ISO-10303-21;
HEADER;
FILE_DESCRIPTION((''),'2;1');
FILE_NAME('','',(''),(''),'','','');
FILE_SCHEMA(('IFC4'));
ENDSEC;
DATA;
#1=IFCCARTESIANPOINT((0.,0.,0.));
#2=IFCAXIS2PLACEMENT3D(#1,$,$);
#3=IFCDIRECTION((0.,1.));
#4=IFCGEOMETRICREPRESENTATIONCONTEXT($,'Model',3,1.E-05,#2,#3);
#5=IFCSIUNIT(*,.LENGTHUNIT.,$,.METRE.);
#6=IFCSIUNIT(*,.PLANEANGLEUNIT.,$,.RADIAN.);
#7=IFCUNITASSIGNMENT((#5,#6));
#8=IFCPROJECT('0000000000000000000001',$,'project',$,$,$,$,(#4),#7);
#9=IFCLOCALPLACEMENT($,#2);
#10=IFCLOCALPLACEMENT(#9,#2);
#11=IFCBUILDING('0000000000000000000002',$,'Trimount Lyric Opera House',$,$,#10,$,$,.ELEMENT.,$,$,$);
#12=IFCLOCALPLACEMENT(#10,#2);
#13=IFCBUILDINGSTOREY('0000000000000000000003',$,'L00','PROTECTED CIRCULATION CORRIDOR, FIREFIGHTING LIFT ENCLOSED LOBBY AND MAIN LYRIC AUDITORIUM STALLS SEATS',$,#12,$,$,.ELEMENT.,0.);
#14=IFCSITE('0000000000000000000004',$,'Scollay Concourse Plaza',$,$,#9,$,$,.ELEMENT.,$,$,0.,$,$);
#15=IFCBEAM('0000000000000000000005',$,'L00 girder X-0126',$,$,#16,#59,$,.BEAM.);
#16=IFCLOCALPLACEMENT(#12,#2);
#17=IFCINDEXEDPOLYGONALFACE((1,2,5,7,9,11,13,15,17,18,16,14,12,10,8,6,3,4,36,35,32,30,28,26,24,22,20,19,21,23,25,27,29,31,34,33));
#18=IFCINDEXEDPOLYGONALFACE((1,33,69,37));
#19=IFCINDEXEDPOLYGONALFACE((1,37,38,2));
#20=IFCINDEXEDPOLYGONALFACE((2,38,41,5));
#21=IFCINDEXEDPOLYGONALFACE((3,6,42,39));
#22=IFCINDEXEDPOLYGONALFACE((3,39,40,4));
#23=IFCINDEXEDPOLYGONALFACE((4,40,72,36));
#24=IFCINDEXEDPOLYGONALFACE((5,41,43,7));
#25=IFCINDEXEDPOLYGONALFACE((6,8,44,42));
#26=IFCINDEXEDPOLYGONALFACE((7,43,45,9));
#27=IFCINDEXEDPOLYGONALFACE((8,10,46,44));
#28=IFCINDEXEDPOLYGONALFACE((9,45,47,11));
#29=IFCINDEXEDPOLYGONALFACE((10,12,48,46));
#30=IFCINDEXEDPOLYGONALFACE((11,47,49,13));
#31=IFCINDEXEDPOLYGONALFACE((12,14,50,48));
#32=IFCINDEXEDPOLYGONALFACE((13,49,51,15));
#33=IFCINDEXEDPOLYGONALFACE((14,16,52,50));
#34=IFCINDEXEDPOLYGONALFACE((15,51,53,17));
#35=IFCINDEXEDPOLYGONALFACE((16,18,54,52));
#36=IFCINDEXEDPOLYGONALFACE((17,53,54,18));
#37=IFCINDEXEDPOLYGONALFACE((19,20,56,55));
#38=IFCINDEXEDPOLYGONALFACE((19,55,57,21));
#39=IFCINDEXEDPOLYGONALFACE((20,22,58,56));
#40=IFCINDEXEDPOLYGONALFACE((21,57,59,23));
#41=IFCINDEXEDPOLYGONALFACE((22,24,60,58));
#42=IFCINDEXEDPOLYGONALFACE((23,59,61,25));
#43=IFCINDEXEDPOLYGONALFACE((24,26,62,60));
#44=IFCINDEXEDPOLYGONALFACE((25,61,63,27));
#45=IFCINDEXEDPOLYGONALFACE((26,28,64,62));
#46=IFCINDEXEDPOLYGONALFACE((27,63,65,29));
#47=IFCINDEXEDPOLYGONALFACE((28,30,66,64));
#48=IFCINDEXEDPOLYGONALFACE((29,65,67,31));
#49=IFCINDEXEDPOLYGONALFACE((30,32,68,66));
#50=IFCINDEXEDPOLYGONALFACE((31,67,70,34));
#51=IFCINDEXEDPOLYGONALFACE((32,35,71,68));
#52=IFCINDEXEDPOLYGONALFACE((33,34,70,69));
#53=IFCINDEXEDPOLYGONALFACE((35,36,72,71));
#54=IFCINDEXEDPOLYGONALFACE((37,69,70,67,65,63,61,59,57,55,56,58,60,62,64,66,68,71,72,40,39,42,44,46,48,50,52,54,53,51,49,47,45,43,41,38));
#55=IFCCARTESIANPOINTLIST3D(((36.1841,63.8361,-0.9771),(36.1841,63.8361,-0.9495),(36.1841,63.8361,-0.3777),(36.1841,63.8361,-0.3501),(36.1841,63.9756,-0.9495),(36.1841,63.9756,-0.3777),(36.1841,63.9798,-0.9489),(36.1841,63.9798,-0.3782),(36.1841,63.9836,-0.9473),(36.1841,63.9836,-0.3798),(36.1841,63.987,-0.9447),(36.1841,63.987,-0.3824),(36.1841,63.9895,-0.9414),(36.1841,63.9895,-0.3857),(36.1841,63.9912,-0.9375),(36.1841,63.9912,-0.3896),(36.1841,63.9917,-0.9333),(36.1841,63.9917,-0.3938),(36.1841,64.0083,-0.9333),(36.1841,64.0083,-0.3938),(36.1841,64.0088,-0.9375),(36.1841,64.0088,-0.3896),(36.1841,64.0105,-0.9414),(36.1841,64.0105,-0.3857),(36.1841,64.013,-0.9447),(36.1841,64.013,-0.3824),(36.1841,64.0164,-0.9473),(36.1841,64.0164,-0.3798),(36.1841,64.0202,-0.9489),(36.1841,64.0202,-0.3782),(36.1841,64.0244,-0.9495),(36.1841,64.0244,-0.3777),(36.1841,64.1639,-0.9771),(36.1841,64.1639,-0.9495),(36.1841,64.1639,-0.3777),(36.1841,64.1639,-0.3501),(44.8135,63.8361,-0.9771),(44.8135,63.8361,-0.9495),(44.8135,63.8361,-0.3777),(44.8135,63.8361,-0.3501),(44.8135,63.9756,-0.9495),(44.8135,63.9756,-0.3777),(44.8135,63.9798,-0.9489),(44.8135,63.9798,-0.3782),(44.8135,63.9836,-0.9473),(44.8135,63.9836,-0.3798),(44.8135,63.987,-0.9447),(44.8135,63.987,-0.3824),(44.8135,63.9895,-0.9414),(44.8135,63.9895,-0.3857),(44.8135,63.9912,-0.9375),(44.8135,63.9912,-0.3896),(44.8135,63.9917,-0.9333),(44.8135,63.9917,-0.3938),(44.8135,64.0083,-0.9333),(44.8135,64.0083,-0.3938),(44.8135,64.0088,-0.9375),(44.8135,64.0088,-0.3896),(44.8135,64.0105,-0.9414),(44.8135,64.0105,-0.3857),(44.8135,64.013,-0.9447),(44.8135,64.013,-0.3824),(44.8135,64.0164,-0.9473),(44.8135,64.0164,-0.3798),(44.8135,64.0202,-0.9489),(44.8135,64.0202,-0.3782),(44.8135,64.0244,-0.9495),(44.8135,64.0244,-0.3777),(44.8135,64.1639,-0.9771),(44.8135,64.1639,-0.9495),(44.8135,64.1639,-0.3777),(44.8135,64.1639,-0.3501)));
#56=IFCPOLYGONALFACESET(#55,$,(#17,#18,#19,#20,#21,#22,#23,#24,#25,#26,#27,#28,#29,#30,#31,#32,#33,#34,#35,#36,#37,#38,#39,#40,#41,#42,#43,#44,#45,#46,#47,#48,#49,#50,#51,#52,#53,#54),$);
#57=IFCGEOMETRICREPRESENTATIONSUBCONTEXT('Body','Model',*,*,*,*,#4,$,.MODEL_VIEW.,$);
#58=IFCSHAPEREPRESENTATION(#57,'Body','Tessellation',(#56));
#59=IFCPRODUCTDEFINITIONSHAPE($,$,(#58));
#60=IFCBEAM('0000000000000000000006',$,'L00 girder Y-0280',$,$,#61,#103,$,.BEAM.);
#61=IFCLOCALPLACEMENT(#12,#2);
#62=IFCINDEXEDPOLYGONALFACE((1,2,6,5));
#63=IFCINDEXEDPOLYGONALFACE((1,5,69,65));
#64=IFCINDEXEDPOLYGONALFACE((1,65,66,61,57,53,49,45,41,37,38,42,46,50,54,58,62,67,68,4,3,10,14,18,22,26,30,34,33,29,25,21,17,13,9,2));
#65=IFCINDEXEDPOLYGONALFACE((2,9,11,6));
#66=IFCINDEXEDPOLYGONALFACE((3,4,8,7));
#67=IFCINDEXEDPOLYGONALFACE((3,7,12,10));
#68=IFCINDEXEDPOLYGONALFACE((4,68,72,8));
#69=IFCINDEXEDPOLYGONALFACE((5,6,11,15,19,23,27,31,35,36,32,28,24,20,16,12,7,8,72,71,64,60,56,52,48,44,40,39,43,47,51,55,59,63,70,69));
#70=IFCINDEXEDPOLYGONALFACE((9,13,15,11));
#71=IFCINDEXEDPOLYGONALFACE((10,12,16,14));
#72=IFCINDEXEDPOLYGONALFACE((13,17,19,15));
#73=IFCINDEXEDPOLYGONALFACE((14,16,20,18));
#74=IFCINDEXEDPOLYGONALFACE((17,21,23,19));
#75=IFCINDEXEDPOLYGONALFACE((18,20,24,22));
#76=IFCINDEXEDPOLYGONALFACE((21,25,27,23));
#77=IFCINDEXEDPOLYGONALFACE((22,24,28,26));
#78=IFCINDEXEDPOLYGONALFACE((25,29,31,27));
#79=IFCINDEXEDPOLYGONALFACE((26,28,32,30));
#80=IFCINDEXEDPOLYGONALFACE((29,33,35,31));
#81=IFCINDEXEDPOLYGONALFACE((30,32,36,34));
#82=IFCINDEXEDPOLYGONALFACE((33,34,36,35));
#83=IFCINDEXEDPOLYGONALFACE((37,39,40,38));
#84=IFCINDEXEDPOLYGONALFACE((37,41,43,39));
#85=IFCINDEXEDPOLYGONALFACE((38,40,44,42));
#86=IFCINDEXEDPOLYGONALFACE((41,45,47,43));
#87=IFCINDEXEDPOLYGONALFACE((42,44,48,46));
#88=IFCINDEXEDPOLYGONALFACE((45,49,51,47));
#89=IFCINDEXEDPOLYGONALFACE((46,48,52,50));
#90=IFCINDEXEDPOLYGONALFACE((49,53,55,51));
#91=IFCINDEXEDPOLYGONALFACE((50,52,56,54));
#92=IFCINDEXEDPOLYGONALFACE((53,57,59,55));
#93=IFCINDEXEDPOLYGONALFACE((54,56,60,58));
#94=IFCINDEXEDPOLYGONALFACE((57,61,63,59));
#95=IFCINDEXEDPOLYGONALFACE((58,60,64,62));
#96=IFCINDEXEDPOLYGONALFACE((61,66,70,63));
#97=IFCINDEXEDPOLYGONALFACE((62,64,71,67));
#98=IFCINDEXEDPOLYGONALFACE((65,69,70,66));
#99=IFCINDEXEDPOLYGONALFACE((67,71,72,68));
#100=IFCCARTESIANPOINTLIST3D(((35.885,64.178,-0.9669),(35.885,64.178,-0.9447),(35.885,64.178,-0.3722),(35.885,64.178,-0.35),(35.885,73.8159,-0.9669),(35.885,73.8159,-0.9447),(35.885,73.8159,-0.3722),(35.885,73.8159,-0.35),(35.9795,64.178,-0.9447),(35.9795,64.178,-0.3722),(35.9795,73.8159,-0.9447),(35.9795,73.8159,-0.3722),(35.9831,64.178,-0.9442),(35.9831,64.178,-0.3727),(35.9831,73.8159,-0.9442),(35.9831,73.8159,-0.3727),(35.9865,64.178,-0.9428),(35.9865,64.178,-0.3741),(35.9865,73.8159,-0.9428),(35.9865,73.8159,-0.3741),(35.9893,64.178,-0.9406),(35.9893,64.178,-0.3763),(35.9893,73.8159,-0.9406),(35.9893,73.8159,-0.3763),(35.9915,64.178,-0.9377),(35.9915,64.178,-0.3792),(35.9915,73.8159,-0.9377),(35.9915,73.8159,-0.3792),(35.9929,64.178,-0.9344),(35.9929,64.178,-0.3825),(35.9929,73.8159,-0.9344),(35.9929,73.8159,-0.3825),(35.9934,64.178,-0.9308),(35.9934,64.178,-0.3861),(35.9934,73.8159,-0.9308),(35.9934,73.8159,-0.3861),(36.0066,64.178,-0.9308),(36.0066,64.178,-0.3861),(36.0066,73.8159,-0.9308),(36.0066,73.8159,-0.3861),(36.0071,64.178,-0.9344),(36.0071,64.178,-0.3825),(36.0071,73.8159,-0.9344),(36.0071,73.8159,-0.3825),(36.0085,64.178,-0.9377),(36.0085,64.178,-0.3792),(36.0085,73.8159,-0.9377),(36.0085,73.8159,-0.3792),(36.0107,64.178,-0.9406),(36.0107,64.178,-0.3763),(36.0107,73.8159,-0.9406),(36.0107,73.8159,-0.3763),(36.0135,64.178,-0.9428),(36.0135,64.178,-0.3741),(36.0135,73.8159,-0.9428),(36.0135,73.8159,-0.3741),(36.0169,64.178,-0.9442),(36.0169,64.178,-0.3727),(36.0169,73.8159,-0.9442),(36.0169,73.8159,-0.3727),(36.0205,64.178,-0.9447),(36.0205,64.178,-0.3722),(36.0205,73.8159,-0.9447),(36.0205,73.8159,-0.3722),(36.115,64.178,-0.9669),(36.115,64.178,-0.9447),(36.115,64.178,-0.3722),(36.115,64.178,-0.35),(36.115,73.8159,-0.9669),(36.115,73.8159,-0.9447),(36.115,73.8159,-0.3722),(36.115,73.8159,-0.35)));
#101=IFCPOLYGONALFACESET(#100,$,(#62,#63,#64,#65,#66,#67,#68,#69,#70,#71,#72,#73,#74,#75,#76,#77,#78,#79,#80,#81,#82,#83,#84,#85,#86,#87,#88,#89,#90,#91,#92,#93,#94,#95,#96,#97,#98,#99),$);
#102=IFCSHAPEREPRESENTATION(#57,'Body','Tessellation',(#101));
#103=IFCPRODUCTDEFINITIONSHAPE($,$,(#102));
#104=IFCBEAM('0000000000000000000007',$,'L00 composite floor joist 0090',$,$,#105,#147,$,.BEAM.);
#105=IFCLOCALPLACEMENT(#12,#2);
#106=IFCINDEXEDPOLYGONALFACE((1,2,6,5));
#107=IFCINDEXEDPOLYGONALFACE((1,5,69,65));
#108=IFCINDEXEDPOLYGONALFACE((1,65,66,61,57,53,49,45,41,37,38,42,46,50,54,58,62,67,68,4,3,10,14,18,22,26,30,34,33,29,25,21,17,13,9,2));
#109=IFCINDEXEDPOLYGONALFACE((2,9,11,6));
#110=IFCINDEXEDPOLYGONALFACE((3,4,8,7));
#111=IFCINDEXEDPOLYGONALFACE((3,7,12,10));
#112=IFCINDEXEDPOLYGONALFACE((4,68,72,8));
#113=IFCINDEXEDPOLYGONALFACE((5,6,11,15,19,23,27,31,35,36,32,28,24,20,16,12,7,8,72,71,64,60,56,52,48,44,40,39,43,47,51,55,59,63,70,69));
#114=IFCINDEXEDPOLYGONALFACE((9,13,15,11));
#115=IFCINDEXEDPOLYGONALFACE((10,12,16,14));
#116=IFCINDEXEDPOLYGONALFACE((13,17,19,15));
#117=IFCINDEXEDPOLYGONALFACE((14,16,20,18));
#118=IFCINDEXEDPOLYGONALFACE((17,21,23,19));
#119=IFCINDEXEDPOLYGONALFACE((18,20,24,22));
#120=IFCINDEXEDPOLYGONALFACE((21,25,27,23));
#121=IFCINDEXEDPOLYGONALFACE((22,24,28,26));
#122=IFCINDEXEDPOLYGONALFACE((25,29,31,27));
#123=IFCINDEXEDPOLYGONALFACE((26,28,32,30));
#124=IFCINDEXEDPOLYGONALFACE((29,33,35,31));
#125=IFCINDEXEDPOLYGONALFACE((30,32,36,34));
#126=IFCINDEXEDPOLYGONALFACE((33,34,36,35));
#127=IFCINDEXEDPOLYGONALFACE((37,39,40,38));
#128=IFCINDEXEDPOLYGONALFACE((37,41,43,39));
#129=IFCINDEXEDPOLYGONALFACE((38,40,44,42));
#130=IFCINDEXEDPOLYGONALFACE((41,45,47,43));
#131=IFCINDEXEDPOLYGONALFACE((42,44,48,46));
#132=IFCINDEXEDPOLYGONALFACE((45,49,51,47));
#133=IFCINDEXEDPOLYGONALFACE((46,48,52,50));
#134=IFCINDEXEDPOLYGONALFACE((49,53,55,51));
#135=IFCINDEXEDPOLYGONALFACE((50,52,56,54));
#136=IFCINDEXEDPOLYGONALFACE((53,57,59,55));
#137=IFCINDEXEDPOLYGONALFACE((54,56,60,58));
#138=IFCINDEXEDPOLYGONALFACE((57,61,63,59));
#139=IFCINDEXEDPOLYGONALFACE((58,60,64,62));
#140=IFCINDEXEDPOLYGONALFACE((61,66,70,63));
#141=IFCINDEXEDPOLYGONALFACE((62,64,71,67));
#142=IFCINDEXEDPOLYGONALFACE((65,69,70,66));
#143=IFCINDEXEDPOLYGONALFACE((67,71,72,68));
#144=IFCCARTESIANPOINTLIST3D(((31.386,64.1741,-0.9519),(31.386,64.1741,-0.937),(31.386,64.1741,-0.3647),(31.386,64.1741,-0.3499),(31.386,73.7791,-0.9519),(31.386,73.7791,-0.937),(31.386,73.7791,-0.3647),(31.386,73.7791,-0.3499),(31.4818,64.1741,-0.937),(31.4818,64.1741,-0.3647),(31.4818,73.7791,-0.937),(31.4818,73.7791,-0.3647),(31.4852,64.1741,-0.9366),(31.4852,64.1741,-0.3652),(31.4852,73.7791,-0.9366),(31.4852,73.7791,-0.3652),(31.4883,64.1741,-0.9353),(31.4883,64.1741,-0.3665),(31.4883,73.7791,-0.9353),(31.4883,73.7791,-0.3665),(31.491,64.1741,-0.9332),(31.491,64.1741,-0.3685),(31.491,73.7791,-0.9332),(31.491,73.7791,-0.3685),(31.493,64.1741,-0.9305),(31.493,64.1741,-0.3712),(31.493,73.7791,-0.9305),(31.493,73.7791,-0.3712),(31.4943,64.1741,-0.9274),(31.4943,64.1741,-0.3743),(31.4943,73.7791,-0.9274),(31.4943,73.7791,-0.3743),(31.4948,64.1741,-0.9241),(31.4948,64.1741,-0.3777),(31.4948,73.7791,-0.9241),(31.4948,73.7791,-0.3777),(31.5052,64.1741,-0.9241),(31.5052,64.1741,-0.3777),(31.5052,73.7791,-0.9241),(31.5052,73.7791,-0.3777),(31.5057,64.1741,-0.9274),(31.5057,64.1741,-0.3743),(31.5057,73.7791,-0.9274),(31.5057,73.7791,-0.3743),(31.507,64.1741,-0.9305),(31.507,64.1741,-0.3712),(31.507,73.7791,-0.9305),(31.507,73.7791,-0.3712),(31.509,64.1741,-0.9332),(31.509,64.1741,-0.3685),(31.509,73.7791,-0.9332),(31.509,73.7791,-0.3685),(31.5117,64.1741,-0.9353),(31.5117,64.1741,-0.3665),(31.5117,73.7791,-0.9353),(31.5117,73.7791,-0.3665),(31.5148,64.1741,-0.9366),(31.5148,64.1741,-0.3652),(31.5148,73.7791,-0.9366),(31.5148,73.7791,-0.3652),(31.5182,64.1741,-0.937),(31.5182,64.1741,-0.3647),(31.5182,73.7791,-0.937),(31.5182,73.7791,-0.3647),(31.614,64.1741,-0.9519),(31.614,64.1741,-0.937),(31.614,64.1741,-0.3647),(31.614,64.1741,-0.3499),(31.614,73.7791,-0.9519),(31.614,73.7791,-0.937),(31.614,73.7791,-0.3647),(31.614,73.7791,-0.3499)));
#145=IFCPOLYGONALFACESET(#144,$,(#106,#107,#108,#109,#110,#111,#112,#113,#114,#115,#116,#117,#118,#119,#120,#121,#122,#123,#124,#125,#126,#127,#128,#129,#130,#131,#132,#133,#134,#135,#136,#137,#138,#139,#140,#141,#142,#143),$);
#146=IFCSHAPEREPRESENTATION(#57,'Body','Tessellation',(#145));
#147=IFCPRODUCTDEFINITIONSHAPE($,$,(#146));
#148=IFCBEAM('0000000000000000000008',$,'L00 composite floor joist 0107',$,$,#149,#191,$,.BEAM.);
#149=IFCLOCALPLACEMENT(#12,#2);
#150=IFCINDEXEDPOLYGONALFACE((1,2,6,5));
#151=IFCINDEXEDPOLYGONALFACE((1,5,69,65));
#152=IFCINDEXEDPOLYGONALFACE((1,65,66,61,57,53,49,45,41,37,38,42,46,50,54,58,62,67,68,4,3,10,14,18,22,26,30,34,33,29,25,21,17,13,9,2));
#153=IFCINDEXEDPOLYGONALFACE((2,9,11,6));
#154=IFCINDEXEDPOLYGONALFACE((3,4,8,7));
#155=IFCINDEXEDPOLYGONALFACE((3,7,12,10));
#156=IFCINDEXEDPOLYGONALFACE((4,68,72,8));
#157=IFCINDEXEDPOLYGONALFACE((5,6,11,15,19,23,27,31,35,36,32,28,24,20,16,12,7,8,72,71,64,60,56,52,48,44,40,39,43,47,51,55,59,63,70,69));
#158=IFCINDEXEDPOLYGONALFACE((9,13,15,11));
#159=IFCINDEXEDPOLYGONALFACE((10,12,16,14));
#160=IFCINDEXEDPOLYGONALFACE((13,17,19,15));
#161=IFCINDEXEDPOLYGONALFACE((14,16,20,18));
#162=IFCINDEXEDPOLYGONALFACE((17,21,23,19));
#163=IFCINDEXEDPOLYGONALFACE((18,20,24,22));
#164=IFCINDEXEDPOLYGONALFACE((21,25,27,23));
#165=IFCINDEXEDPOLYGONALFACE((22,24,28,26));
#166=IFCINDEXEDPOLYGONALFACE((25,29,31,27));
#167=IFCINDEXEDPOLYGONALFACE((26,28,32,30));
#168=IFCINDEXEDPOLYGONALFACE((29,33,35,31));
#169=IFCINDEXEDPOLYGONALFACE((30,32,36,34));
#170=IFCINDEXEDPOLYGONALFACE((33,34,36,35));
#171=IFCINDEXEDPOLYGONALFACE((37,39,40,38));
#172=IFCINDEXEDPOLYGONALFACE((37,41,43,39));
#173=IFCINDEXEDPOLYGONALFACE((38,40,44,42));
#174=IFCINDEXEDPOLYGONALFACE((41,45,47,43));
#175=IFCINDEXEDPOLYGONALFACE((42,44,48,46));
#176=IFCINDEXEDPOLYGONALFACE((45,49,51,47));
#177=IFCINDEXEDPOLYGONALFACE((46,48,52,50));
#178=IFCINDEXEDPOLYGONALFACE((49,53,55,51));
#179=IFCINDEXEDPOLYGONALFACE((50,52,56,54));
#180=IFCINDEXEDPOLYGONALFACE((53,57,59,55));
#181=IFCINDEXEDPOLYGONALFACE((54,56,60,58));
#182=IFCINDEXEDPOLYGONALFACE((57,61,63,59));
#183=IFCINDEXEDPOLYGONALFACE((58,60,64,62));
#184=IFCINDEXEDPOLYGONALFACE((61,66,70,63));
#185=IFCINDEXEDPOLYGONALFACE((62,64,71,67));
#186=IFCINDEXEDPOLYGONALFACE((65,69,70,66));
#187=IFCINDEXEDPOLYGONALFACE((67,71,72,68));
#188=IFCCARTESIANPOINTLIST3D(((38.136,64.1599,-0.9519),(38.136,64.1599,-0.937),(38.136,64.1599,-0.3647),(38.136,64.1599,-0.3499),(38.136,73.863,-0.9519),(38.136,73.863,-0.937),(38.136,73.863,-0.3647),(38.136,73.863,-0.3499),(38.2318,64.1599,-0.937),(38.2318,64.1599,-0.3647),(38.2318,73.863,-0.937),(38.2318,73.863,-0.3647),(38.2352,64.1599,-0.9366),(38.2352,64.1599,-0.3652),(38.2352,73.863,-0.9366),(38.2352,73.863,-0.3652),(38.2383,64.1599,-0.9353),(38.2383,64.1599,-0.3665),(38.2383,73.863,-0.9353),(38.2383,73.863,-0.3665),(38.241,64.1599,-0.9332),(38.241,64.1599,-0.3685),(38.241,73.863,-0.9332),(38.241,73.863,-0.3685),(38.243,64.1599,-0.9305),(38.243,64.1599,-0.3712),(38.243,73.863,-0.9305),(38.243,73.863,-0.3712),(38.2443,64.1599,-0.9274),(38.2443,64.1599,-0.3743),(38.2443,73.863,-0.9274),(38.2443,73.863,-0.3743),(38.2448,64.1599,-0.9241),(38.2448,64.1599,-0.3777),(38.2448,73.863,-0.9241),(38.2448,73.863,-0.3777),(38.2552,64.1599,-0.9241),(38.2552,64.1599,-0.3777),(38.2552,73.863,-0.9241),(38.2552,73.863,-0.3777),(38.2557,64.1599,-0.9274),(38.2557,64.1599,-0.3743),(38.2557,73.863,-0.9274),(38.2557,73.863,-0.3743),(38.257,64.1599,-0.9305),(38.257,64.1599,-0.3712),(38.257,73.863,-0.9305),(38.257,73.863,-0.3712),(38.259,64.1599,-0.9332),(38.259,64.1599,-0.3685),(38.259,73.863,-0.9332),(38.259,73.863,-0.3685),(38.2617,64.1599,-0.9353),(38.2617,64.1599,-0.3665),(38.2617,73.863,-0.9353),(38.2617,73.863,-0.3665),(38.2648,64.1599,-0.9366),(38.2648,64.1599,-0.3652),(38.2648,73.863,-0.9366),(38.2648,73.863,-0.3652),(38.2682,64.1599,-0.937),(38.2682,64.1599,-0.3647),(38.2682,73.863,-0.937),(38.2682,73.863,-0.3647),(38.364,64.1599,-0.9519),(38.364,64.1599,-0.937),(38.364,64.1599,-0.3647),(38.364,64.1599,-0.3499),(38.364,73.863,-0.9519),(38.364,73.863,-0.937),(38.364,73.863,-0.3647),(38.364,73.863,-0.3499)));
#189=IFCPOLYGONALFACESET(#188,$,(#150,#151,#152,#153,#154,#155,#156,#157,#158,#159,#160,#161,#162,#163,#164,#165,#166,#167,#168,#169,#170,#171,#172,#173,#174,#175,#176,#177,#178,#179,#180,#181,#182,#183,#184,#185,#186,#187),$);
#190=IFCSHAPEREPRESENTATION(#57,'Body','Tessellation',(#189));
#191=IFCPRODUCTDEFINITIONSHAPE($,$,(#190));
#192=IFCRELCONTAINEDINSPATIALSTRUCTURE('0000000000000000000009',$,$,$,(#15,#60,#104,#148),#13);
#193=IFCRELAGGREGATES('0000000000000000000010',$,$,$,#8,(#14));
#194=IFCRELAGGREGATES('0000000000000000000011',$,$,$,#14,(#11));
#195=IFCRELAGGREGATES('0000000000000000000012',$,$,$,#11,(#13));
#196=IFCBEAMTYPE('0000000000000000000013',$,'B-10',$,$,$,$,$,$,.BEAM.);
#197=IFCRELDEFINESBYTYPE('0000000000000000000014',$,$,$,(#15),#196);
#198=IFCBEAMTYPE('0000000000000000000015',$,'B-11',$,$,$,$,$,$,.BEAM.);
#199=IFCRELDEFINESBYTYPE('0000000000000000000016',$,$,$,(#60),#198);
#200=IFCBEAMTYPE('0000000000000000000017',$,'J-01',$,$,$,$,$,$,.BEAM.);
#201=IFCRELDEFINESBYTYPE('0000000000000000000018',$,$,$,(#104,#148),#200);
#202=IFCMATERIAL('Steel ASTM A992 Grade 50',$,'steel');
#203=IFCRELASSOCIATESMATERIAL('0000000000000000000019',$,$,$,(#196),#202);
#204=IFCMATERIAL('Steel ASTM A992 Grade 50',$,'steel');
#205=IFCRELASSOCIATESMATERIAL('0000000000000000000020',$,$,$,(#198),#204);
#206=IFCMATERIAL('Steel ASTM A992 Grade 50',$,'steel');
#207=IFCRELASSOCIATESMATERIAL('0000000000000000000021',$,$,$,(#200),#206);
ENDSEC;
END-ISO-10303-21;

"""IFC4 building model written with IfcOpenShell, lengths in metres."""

from ifc_helpers import new_model, si_unit, direction, frame, origin, origin_2d, place, context, subcontext, project, spatial, i_section, extrude, material, material_profile, profile_set, type_object, element, save


model = new_model("IFC4")

# Units and contexts
model_context = context("Model", 3, precision=1e-05, world=origin(), true_north=direction((0.0, 1.0)))
body_context = subcontext(model_context, "Body", "Model", "MODEL_VIEW")
ifc_project = project(units=[si_unit("LENGTHUNIT", "METRE"), si_unit("PLANEANGLEUNIT", "RADIAN")], contexts=[model_context])

# Site, building, storey
site_placement = place(None, origin())
site = spatial("IfcSite", under=ifc_project, at=site_placement, Name="Scollay Concourse Plaza", CompositionType="ELEMENT", RefElevation=0.0)
building_placement = place(site_placement, origin())
building = spatial("IfcBuilding", under=site, at=building_placement, Name="Trimount Lyric Opera House", CompositionType="ELEMENT")
storey_placement = place(building_placement, origin())
storey = spatial("IfcBuildingStorey", under=building, at=storey_placement, Name="L00", Description="PROTECTED CIRCULATION CORRIDOR, FIREFIGHTING LIFT ENCLOSED LOBBY AND MAIN LYRIC AUDITORIUM STALLS SEATS", CompositionType="ELEMENT", Elevation=0.0)

# Beams
ifc_material_1 = material(Name="Steel ASTM A992 Grade 50", Category="steel")
ifc_material_profile_1 = material_profile(ifc_material_1, i_section(OverallWidth=0.3279, OverallDepth=0.627, WebThickness=0.0166, FlangeThickness=0.0276, FilletRadius=0.0161, at=origin_2d()), Name="W24X146")
ifc_profile_set_1 = profile_set([ifc_material_profile_1], Name="Steel ASTM A992 Grade 50")
beam_type_1 = type_object("IfcBeamType", Name="B-10", PredefinedType="BEAM", material=ifc_profile_set_1)
beam_1_placement = place(storey_placement, frame((36.1841, 64.0, -0.6636), z_axis=(1.0, 0.0, 0.0), x_axis=(0.0, 1.0, 0.0)))
element("IfcBeam", 1, at=beam_1_placement, inside=storey, type_object=beam_type_1, Name="L00 girder X-0126", PredefinedType="BEAM", context=body_context, shape_type="SweptSolid", body=[
    extrude(i_section(OverallWidth=0.3279, OverallDepth=0.627, WebThickness=0.0166, FlangeThickness=0.0276, FilletRadius=0.0161, at=origin_2d()), origin(), (0.0, 0.0, 1.0), 8.6294),
])
ifc_material_2 = material(Name="Steel ASTM A992 Grade 50", Category="steel")
ifc_material_profile_2 = material_profile(ifc_material_2, i_section(OverallWidth=0.23, OverallDepth=0.6169, WebThickness=0.0132, FlangeThickness=0.0222, FilletRadius=0.0139, at=origin_2d()), Name="W24X94")
ifc_profile_set_2 = profile_set([ifc_material_profile_2], Name="Steel ASTM A992 Grade 50")
beam_type_2 = type_object("IfcBeamType", Name="B-11", PredefinedType="BEAM", material=ifc_profile_set_2)
beam_2_placement = place(storey_placement, frame((36.0, 64.178, -0.6584), z_axis=(0.0, 1.0, 0.0), x_axis=(-1.0, 0.0, 0.0)))
element("IfcBeam", 2, at=beam_2_placement, inside=storey, type_object=beam_type_2, Name="L00 girder Y-0280", PredefinedType="BEAM", context=body_context, shape_type="SweptSolid", body=[
    extrude(i_section(OverallWidth=0.23, OverallDepth=0.6169, WebThickness=0.0132, FlangeThickness=0.0222, FilletRadius=0.0139, at=origin_2d()), origin(), (0.0, 0.0, 1.0), 9.6379),
])
ifc_material_3 = material(Name="Steel ASTM A992 Grade 50", Category="steel")
ifc_material_profile_3 = material_profile(ifc_material_3, i_section(OverallWidth=0.228, OverallDepth=0.6021, WebThickness=0.0105, FlangeThickness=0.0149, FilletRadius=0.0129, at=origin_2d()), Name="W24X68")
ifc_profile_set_3 = profile_set([ifc_material_profile_3], Name="Steel ASTM A992 Grade 50")
beam_type_3 = type_object("IfcBeamType", Name="J-01", PredefinedType="BEAM", material=ifc_profile_set_3)
beam_3_placement = place(storey_placement, frame((31.5, 64.1741, -0.6509), z_axis=(0.0, 1.0, 0.0), x_axis=(-1.0, 0.0, 0.0)))
element("IfcBeam", 3, at=beam_3_placement, inside=storey, type_object=beam_type_3, Name="L00 composite floor joist 0090", PredefinedType="BEAM", context=body_context, shape_type="SweptSolid", body=[
    extrude(i_section(OverallWidth=0.228, OverallDepth=0.6021, WebThickness=0.0105, FlangeThickness=0.0149, FilletRadius=0.0129, at=origin_2d()), origin(), (0.0, 0.0, 1.0), 9.605),
])
beam_4_placement = place(storey_placement, frame((38.25, 64.1599, -0.6509), z_axis=(0.0, 1.0, 0.0), x_axis=(-1.0, 0.0, 0.0)))
element("IfcBeam", 4, at=beam_4_placement, inside=storey, type_object=beam_type_3, Name="L00 composite floor joist 0107", PredefinedType="BEAM", context=body_context, shape_type="SweptSolid", body=[
    extrude(i_section(OverallWidth=0.228, OverallDepth=0.6021, WebThickness=0.0105, FlangeThickness=0.0149, FilletRadius=0.0129, at=origin_2d()), origin(), (0.0, 0.0, 1.0), 9.7031),
])

save(model, "model.ifc")
